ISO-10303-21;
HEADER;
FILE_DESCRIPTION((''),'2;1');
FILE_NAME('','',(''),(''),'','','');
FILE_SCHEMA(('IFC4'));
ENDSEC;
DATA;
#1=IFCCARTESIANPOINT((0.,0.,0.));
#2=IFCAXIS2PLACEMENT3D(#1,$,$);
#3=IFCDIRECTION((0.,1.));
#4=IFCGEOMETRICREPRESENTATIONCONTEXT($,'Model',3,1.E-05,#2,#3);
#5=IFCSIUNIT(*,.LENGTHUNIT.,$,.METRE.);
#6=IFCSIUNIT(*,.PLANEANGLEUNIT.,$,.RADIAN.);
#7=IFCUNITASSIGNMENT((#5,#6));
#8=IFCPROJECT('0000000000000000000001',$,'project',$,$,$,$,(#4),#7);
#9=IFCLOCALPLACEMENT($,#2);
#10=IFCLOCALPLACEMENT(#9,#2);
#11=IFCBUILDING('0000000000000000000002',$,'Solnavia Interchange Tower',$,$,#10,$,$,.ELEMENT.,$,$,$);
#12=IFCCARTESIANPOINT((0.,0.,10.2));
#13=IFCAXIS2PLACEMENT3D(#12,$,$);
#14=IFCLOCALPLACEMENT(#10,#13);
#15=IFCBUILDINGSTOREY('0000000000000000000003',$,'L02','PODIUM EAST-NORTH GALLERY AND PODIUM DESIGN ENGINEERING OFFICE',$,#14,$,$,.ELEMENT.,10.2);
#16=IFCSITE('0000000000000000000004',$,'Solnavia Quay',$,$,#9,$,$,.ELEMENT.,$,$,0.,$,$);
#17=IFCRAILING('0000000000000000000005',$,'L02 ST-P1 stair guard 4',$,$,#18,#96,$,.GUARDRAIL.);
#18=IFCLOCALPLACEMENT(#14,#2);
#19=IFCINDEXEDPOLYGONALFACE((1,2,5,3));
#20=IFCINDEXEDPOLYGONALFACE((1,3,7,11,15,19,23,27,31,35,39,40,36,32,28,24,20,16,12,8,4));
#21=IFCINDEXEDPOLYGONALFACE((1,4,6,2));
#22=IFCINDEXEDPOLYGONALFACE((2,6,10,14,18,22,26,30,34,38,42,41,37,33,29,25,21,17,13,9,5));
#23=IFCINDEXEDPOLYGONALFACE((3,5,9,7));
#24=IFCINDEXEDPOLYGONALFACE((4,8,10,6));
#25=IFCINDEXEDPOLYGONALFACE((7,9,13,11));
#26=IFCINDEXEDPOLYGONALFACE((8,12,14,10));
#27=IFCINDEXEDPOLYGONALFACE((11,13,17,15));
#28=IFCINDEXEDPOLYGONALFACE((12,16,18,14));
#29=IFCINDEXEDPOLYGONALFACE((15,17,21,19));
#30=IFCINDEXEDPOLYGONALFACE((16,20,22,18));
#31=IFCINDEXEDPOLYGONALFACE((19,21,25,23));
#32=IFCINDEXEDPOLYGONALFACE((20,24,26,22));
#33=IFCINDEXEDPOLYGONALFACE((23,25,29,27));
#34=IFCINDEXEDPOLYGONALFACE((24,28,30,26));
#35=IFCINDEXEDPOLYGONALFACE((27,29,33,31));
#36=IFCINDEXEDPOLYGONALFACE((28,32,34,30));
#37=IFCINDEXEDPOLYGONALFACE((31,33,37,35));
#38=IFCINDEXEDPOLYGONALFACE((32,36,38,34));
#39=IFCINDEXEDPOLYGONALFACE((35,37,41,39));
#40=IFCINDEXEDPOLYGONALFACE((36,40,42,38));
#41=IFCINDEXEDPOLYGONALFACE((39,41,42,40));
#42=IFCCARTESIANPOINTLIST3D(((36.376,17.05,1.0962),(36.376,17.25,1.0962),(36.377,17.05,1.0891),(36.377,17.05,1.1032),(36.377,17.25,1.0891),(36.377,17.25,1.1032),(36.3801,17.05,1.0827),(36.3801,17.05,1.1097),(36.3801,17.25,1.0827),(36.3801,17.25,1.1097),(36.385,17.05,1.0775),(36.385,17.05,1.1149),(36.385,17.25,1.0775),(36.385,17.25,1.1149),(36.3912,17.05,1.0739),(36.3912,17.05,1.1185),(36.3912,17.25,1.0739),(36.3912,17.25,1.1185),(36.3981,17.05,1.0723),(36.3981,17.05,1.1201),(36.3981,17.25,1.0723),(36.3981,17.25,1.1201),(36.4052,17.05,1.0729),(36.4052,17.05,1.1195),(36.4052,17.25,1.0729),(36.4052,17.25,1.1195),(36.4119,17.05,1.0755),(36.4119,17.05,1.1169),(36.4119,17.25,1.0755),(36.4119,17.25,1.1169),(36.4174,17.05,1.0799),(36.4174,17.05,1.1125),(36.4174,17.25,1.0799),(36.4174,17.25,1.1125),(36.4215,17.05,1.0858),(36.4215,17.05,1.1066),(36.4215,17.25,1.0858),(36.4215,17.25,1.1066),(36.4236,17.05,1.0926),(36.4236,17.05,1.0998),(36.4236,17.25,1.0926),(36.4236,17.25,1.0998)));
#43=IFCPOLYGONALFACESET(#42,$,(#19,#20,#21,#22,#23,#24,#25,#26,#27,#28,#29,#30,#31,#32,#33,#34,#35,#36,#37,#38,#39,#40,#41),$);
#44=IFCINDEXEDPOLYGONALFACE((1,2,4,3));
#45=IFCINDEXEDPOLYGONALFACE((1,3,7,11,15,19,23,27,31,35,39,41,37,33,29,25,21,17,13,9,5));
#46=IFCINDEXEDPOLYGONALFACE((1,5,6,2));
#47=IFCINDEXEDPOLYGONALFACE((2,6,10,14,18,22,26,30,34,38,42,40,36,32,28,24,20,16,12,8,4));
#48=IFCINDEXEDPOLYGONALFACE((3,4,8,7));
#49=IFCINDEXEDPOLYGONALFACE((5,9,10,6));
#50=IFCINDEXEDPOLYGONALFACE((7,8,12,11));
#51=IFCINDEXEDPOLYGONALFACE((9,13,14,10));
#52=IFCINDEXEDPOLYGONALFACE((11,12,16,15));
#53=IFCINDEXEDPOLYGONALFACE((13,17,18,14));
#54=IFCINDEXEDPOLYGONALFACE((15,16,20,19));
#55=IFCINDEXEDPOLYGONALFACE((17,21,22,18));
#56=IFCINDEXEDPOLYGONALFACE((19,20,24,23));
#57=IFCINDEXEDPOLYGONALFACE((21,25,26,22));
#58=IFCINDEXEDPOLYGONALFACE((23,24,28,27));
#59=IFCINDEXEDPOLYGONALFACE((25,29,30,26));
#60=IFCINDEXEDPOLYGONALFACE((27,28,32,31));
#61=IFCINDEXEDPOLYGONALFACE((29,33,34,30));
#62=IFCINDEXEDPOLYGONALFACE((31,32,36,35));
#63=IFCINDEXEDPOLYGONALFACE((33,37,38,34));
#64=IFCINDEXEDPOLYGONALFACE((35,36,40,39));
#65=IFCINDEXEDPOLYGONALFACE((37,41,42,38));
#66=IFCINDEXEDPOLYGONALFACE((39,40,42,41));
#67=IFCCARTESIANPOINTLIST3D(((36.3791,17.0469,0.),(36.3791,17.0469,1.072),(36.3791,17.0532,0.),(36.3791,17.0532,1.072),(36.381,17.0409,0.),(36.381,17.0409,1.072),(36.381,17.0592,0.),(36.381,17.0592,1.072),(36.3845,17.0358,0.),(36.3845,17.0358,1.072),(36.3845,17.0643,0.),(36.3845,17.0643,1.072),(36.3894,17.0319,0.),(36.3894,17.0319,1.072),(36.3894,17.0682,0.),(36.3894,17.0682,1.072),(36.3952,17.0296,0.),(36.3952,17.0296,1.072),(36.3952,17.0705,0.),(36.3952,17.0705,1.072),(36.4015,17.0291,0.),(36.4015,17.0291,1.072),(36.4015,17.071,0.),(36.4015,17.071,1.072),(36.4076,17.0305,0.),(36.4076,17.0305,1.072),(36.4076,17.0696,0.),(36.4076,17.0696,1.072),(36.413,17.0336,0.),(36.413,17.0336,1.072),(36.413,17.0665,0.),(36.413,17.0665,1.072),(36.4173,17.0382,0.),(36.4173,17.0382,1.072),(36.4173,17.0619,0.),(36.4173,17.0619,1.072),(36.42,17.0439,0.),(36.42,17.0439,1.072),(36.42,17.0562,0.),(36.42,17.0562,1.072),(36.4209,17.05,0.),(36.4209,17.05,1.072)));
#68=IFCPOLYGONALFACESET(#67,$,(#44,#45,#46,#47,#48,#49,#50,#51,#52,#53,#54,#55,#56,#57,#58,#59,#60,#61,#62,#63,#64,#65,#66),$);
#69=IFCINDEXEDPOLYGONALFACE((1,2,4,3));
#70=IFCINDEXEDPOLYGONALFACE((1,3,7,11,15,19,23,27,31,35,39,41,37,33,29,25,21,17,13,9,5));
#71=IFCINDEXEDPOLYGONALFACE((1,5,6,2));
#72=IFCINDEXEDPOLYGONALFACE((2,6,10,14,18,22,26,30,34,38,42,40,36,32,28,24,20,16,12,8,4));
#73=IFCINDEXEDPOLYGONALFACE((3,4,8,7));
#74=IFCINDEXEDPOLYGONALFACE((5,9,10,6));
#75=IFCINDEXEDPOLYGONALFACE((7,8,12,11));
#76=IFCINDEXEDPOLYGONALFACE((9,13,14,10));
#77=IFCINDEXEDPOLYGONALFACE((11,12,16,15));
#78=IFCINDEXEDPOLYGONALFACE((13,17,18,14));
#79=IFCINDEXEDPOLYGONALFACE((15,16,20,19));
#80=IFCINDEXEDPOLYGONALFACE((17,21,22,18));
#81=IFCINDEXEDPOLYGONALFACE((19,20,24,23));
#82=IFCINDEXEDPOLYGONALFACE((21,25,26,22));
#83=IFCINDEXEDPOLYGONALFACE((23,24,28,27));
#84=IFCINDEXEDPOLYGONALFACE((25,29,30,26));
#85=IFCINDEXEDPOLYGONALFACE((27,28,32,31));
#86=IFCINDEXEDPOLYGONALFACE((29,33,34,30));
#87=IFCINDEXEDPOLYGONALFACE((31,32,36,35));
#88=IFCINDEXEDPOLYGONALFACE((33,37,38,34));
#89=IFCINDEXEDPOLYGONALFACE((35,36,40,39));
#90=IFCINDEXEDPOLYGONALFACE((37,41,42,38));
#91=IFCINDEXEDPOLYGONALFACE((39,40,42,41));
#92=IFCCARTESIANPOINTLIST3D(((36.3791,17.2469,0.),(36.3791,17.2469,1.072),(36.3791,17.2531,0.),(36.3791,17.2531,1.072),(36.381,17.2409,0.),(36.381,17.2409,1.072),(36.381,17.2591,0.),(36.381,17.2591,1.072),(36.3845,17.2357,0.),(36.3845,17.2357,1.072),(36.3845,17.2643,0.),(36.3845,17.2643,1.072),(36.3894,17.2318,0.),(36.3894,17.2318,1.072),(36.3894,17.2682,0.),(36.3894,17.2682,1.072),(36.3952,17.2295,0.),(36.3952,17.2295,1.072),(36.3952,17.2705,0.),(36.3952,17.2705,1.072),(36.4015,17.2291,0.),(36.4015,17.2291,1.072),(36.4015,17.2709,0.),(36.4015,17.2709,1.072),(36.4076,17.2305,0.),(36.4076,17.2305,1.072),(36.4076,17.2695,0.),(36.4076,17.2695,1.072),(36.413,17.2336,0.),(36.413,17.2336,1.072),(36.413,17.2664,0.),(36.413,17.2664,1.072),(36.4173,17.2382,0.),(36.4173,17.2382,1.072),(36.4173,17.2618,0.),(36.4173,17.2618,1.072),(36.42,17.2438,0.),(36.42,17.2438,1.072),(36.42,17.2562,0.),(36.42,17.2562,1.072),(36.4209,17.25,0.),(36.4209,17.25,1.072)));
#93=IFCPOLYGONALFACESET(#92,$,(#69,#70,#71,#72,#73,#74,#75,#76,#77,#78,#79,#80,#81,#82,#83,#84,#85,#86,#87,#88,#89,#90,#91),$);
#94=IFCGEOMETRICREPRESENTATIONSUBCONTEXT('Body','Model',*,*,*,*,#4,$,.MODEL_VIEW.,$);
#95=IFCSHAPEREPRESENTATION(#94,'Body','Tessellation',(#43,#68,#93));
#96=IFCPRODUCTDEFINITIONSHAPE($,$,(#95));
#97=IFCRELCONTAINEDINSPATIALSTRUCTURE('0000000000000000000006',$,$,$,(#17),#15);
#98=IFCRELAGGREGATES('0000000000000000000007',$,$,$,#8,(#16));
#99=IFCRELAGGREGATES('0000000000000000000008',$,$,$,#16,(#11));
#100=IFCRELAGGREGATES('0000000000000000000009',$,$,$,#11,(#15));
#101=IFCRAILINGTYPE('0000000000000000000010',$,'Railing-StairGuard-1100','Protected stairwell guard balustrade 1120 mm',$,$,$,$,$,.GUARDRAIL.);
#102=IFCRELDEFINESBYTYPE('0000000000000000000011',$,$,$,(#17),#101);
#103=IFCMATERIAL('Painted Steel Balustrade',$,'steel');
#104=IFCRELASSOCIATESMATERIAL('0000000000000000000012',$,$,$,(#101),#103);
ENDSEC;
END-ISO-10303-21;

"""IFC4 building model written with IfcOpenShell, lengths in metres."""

from ifc_helpers import new_model, si_unit, direction, frame, origin, origin_2d, place, context, subcontext, project, spatial, circle, extrude, material, type_object, element, save


model = new_model("IFC4")

# Units and contexts
model_context = context("Model", 3, precision=1e-05, world=origin(), true_north=direction((0.0, 1.0)))
body_context = subcontext(model_context, "Body", "Model", "MODEL_VIEW")
ifc_project = project(units=[si_unit("LENGTHUNIT", "METRE"), si_unit("PLANEANGLEUNIT", "RADIAN")], contexts=[model_context])

# Site, building, storey
site_placement = place(None, origin())
site = spatial("IfcSite", under=ifc_project, at=site_placement, Name="Solnavia Quay", CompositionType="ELEMENT", RefElevation=0.0)
building_placement = place(site_placement, origin())
building = spatial("IfcBuilding", under=site, at=building_placement, Name="Solnavia Interchange Tower", CompositionType="ELEMENT")
storey_placement = place(building_placement, frame((0.0, 0.0, 10.2)))
storey = spatial("IfcBuildingStorey", under=building, at=storey_placement, Name="L02", Description="PODIUM EAST-NORTH GALLERY AND PODIUM DESIGN ENGINEERING OFFICE", CompositionType="ELEMENT", Elevation=10.2)

# Railing
ifc_material_1 = material(Name="Painted Steel Balustrade", Category="steel")
railing_type_1 = type_object("IfcRailingType", Name="Railing-StairGuard-1100", Description="Protected stairwell guard balustrade 1120 mm", PredefinedType="GUARDRAIL", material=ifc_material_1)
railing_1_placement = place(storey_placement, frame((36.3999, 17.05, 0.0)))
element("IfcRailing", 1, at=railing_1_placement, inside=storey, type_object=railing_type_1, Name="L02 ST-P1 stair guard 4", PredefinedType="GUARDRAIL", context=body_context, shape_type="SweptSolid", body=[
    extrude(circle(Radius=0.0239, at=origin_2d()), frame((0.0, 0.0, 1.0962), z_axis=(0.0, 1.0, 0.0), x_axis=(-1.0, 0.0, 0.0)), (0.0, 0.0, 1.0), 0.2),
    extrude(circle(Radius=0.021, at=origin_2d()), origin(), (0.0, 0.0, 1.0), 1.072),
    extrude(circle(Radius=0.021, at=origin_2d()), frame((0.0, 0.2, 0.0)), (0.0, 0.0, 1.0), 1.072),
])

save(model, "model.ifc")
